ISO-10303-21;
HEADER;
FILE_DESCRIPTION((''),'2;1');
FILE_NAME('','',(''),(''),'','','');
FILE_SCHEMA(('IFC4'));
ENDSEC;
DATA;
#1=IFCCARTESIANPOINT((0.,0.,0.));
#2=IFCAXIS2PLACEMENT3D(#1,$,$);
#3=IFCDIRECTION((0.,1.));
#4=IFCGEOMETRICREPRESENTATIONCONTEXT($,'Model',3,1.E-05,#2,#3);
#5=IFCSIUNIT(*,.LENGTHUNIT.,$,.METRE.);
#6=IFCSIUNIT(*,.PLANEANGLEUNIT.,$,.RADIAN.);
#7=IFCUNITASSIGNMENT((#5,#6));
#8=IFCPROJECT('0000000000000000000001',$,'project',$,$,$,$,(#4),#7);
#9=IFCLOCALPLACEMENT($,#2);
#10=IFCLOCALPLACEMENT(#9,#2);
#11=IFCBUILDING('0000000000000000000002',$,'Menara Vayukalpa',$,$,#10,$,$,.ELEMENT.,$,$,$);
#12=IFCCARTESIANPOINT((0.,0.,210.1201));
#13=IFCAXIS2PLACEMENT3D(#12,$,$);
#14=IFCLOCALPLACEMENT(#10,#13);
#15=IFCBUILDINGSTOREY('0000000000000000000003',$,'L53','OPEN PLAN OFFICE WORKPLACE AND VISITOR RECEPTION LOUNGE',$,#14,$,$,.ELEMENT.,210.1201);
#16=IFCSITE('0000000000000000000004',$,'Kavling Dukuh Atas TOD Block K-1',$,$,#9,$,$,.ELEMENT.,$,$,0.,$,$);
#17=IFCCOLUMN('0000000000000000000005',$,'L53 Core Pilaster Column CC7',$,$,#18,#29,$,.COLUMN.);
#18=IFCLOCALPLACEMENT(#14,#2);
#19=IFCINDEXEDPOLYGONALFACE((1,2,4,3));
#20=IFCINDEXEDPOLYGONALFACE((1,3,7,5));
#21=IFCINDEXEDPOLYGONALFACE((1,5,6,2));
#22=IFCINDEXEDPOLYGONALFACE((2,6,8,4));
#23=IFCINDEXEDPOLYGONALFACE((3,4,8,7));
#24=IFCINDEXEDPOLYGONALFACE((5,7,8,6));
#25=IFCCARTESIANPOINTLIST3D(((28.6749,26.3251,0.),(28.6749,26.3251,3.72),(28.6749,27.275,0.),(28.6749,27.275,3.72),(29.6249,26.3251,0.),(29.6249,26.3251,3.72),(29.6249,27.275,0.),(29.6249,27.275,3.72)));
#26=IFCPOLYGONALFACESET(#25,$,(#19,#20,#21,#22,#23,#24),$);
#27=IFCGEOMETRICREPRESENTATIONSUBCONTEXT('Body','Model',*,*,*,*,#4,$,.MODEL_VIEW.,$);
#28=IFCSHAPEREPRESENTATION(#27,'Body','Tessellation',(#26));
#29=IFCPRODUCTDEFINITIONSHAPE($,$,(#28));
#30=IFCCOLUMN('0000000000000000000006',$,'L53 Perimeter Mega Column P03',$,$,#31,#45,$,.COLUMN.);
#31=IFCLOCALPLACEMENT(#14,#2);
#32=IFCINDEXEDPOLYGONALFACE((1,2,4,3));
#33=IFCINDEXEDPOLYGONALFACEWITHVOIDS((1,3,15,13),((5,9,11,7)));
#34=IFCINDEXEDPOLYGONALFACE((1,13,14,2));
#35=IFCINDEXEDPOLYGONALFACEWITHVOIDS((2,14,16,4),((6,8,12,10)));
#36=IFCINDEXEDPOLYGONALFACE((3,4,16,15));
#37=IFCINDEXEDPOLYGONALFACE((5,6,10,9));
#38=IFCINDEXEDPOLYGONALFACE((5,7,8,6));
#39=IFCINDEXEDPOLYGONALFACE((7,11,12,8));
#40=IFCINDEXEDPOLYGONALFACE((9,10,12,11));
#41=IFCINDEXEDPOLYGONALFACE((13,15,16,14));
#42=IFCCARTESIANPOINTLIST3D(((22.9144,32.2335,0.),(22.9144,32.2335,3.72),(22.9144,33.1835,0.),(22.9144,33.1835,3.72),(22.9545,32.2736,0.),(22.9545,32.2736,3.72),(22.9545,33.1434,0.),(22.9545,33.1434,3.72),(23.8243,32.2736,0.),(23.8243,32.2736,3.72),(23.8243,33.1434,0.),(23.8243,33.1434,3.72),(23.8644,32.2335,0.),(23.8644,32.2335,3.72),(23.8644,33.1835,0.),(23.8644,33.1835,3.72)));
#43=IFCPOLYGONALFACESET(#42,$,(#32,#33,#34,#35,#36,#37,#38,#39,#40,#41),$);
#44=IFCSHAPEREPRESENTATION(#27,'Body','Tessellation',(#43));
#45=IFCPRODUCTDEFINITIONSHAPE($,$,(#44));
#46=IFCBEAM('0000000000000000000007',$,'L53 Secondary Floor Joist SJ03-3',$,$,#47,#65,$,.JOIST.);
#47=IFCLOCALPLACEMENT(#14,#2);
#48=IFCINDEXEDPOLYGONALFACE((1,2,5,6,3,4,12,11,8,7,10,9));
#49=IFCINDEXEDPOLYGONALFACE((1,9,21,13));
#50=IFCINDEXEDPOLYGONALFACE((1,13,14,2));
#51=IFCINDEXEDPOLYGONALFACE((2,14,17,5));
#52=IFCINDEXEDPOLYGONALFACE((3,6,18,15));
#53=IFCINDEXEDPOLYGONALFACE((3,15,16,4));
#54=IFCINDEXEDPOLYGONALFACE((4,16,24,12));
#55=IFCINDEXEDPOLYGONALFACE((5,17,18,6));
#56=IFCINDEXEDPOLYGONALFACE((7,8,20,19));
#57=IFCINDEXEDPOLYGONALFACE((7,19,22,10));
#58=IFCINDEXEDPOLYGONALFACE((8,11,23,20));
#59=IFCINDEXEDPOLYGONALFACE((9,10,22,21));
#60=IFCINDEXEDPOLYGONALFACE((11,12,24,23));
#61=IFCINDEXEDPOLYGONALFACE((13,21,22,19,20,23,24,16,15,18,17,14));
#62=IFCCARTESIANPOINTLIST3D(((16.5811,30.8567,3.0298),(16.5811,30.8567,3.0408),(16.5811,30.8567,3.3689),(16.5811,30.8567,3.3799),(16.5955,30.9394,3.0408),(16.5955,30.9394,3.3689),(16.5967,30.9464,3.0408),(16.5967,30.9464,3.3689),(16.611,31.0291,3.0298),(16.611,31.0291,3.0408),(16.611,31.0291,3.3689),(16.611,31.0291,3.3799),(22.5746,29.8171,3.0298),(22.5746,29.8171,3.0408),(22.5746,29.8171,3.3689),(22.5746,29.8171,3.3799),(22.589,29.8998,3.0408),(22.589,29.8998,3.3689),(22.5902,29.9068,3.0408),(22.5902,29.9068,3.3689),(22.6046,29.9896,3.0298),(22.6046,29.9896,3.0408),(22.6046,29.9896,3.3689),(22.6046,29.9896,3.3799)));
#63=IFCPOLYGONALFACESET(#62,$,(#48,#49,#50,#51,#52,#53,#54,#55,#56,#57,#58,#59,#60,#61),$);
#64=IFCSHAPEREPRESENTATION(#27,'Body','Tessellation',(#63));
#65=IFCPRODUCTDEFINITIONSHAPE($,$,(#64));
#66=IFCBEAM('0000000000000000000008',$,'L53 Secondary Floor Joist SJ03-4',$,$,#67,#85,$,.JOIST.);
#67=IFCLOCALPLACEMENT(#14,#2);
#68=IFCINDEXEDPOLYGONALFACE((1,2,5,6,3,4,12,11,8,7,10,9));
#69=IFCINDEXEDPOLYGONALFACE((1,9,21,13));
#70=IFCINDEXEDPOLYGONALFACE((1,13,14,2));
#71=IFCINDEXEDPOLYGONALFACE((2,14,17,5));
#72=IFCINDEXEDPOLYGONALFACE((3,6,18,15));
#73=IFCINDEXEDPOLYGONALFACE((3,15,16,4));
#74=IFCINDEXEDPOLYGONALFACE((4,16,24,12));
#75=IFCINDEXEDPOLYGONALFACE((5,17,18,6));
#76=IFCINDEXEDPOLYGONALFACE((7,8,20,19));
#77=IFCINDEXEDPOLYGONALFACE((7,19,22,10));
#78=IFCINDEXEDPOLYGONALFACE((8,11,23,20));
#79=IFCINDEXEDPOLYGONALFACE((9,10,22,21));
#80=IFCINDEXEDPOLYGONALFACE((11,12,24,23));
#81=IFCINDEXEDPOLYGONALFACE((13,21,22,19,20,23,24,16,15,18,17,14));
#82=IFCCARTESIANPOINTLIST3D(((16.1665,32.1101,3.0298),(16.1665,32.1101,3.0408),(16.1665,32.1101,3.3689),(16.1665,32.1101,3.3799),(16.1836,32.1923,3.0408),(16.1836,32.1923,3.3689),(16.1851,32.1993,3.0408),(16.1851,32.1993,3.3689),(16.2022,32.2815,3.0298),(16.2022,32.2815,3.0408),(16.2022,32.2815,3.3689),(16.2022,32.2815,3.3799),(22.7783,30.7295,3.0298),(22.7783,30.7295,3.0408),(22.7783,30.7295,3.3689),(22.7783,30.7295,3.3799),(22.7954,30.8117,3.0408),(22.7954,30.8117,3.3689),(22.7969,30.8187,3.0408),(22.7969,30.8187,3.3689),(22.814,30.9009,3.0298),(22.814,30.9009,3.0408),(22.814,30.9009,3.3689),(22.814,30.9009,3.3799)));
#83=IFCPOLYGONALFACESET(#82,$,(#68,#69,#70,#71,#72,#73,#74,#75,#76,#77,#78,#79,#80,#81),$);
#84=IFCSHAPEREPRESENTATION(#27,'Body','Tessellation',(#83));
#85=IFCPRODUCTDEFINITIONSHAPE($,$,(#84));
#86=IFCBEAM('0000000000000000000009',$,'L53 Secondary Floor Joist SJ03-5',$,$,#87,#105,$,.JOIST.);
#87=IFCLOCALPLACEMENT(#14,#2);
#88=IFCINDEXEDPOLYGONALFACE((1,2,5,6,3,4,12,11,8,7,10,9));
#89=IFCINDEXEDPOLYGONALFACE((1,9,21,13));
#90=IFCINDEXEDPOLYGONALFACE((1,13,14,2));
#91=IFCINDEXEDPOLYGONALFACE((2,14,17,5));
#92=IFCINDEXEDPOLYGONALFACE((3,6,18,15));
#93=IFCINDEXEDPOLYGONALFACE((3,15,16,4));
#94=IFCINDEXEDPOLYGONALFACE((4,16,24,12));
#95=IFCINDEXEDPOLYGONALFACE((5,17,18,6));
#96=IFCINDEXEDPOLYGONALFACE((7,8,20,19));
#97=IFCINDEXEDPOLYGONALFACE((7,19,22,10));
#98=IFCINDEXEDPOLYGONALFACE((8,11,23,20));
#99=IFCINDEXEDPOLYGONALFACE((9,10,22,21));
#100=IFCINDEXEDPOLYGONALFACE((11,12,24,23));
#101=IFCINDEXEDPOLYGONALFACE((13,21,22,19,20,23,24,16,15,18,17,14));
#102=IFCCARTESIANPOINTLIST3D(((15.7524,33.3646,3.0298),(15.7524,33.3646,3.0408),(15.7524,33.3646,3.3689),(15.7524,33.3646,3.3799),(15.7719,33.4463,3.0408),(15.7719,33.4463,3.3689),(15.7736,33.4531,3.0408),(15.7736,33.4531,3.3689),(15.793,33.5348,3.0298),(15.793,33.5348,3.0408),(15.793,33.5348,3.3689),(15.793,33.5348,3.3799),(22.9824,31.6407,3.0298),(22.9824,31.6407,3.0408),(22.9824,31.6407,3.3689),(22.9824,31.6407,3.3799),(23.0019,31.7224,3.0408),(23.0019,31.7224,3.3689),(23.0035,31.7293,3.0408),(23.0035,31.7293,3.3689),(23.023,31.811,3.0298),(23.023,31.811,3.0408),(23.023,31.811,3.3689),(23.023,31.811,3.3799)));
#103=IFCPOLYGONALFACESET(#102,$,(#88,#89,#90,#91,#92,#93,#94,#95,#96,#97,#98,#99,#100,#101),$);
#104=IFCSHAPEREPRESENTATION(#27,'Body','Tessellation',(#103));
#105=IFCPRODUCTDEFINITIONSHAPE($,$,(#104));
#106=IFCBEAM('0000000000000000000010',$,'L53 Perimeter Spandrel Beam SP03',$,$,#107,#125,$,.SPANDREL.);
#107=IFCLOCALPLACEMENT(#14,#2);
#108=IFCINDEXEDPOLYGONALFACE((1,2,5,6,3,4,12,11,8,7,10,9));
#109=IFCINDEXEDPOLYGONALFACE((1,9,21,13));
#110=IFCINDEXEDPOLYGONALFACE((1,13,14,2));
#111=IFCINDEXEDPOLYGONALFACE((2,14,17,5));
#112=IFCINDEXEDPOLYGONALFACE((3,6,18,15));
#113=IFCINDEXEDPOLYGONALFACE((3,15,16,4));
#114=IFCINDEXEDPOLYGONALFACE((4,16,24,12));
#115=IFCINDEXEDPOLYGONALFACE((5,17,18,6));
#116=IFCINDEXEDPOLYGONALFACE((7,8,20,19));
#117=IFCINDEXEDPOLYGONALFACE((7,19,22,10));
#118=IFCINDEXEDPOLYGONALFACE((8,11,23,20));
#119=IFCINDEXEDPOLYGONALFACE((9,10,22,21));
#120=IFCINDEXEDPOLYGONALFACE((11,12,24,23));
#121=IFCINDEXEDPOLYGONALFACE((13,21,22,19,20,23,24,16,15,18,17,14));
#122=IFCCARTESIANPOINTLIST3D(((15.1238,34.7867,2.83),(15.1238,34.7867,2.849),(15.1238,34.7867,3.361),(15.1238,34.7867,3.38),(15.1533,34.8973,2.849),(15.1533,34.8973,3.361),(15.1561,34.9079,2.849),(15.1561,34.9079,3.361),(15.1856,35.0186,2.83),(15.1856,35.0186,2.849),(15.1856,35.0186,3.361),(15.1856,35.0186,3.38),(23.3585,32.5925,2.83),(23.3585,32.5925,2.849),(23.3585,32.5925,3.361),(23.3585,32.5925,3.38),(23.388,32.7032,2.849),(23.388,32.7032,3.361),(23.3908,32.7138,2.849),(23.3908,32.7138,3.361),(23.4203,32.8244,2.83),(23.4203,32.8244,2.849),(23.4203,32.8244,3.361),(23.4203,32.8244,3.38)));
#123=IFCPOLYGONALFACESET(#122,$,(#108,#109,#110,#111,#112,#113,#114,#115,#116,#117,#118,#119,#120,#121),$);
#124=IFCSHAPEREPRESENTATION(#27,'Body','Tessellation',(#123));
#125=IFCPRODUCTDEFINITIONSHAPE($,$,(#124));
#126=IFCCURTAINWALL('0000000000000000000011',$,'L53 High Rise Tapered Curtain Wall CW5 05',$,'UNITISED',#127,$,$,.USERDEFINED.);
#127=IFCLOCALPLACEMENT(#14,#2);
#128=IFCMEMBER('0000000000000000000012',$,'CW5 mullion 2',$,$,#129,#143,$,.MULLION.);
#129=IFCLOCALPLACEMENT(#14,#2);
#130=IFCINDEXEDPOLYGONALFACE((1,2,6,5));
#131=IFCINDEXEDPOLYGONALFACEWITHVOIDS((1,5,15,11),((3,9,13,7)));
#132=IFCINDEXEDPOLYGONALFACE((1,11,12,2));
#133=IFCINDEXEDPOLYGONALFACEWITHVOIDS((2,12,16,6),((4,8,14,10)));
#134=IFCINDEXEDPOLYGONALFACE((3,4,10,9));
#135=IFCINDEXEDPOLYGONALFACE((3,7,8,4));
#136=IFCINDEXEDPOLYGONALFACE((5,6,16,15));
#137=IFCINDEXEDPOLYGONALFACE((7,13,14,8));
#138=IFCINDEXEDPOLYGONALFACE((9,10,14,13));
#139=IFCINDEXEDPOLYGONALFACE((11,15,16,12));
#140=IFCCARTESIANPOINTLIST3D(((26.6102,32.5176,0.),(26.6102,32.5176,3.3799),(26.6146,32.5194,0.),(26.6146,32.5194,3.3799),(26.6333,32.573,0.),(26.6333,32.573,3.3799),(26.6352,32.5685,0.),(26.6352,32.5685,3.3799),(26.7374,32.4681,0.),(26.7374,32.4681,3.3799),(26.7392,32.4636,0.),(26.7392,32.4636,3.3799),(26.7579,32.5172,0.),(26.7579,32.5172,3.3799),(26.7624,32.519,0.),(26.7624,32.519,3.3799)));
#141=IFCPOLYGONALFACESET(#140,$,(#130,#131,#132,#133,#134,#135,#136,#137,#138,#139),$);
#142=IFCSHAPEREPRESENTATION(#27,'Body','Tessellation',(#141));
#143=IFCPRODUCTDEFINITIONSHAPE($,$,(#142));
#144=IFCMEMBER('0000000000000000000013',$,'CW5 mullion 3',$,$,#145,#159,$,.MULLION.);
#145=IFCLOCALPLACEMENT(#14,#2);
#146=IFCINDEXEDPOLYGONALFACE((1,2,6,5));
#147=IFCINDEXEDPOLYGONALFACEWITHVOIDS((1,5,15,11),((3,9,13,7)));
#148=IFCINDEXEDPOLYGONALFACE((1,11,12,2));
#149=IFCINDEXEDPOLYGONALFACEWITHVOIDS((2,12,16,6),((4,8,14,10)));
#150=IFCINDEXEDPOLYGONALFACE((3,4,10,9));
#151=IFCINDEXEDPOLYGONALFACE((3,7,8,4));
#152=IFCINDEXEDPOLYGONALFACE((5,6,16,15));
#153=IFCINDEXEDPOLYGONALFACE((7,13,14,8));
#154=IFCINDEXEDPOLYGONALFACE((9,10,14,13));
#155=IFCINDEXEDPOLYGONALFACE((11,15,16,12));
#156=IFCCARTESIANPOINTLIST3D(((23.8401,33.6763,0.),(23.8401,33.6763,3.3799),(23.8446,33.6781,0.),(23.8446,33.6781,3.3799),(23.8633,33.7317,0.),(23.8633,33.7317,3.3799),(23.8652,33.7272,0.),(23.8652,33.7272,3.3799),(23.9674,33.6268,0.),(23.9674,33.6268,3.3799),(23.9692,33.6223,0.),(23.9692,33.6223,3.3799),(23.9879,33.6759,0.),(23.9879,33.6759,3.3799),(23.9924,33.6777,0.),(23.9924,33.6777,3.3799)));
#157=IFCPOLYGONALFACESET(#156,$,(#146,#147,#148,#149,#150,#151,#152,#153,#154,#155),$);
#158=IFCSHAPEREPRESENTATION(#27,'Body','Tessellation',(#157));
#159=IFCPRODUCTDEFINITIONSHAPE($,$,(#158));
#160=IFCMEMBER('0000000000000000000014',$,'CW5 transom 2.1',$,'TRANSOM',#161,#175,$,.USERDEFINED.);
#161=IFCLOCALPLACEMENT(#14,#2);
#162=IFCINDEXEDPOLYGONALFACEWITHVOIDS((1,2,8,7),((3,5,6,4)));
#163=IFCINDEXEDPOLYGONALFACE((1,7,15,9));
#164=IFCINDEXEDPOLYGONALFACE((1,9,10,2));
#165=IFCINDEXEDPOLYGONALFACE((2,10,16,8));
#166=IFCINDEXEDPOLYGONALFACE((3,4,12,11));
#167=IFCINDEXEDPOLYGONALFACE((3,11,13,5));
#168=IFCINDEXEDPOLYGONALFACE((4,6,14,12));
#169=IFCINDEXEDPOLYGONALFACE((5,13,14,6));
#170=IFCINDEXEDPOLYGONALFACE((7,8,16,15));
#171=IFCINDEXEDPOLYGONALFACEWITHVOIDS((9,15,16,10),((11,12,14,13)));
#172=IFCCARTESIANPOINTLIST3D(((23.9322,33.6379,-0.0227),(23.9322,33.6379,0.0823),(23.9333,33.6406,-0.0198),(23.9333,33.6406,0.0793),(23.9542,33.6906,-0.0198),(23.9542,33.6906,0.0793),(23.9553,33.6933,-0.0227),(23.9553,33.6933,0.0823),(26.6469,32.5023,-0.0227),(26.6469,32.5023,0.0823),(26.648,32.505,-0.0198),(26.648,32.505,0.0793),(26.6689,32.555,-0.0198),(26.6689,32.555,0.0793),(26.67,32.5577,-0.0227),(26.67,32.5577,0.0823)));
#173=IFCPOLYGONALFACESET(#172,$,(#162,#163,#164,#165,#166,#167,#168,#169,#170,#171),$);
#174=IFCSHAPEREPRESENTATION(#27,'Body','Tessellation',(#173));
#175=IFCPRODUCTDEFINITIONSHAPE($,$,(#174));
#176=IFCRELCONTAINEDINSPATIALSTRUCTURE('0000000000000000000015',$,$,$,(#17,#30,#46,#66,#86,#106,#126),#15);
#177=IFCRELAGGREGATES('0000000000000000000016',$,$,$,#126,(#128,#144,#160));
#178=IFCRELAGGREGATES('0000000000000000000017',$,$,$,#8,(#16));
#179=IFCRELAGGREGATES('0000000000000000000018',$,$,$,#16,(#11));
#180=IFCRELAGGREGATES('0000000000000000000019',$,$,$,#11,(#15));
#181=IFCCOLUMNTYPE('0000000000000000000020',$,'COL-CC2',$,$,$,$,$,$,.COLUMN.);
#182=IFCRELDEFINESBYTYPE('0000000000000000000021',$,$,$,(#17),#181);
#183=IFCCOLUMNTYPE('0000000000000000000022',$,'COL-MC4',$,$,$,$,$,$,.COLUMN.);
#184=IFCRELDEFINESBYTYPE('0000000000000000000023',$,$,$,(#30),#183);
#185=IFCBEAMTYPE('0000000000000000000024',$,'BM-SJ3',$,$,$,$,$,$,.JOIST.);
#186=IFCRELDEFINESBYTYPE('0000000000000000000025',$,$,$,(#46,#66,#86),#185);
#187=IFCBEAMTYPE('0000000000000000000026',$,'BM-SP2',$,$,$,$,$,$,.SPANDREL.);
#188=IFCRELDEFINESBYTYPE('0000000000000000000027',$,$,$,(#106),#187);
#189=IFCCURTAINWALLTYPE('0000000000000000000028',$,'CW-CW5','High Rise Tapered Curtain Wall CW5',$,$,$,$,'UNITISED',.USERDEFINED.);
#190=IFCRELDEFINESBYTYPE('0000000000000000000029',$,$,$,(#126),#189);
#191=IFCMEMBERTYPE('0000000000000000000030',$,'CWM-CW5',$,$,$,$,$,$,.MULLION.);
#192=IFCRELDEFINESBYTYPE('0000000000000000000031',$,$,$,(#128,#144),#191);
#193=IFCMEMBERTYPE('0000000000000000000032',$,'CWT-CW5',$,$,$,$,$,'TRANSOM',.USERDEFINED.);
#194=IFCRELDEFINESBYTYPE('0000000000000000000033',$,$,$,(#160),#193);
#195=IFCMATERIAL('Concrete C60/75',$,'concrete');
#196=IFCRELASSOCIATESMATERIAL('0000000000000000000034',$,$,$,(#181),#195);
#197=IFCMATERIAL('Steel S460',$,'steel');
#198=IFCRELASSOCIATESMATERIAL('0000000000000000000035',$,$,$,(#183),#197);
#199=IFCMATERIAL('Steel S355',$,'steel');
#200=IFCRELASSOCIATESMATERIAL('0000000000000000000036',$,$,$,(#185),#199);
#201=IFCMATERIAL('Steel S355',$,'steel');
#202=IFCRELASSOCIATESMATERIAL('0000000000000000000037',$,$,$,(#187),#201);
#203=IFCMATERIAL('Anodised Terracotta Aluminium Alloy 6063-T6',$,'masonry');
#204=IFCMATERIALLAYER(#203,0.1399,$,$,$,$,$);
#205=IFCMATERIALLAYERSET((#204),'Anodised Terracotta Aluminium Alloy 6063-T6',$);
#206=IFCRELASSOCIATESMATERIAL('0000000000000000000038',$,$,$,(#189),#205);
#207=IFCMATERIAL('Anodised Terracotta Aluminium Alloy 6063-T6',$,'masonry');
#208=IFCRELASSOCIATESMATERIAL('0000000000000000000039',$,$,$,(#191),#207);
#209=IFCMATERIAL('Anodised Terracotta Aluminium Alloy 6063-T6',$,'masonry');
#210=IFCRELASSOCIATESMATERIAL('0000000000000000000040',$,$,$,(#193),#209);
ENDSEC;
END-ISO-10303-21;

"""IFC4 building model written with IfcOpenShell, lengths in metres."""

from ifc_helpers import new_model, si_unit, direction, frame, origin, origin_2d, place, context, subcontext, project, spatial, rectangle, hollow_rectangle, i_section, extrude, material, layer, layer_set, material_profile, profile_set, type_object, element, aggregate, save


model = new_model("IFC4")

# Units and contexts
model_context = context("Model", 3, precision=1e-05, world=origin(), true_north=direction((0.0, 1.0)))
body_context = subcontext(model_context, "Body", "Model", "MODEL_VIEW")
ifc_project = project(units=[si_unit("LENGTHUNIT", "METRE"), si_unit("PLANEANGLEUNIT", "RADIAN")], contexts=[model_context])

# Site, building, storey
site_placement = place(None, origin())
site = spatial("IfcSite", under=ifc_project, at=site_placement, Name="Kavling Dukuh Atas TOD Block K-1", CompositionType="ELEMENT", RefElevation=0.0)
building_placement = place(site_placement, origin())
building = spatial("IfcBuilding", under=site, at=building_placement, Name="Menara Vayukalpa", CompositionType="ELEMENT")
storey_placement = place(building_placement, frame((0.0, 0.0, 210.1201)))
storey = spatial("IfcBuildingStorey", under=building, at=storey_placement, Name="L53", Description="OPEN PLAN OFFICE WORKPLACE AND VISITOR RECEPTION LOUNGE", CompositionType="ELEMENT", Elevation=210.1201)

# Columns
ifc_material_1 = material(Name="Concrete C60/75", Category="concrete")
ifc_material_profile_1 = material_profile(ifc_material_1, rectangle(XDim=0.95, YDim=0.95, at=origin_2d()), Name="RC 950x950")
ifc_profile_set_1 = profile_set([ifc_material_profile_1], Name="Concrete C60/75")
column_type_1 = type_object("IfcColumnType", Name="COL-CC2", PredefinedType="COLUMN", material=ifc_profile_set_1)
column_1_placement = place(storey_placement, frame((29.1499, 26.8, 0.0), z_axis=(0.0, 0.0, 1.0), x_axis=(1.0, 0.0, 0.0)))
element("IfcColumn", 1, at=column_1_placement, inside=storey, type_object=column_type_1, Name="L53 Core Pilaster Column CC7", PredefinedType="COLUMN", context=body_context, shape_type="SweptSolid", body=[
    extrude(rectangle(XDim=0.95, YDim=0.95, at=origin_2d()), origin(), (0.0, 0.0, 1.0), 3.72),
])
ifc_material_2 = material(Name="Steel S460", Category="steel")
ifc_material_profile_2 = material_profile(ifc_material_2, hollow_rectangle(XDim=0.95, YDim=0.95, WallThickness=0.04, at=origin_2d()), Name="BOX 950x950x40")
ifc_profile_set_2 = profile_set([ifc_material_profile_2], Name="Steel S460")
column_type_2 = type_object("IfcColumnType", Name="COL-MC4", PredefinedType="COLUMN", material=ifc_profile_set_2)
column_2_placement = place(storey_placement, frame((23.3894, 32.7085, 0.0), z_axis=(0.0, 0.0, 1.0), x_axis=(1.0, 0.0, 0.0)))
element("IfcColumn", 2, at=column_2_placement, inside=storey, type_object=column_type_2, Name="L53 Perimeter Mega Column P03", PredefinedType="COLUMN", context=body_context, shape_type="SweptSolid", body=[
    extrude(hollow_rectangle(XDim=0.95, YDim=0.95, WallThickness=0.04, at=origin_2d()), origin(), (0.0, 0.0, 1.0), 3.72),
])

# Beams
ifc_material_3 = material(Name="Steel S355", Category="steel")
ifc_material_profile_3 = material_profile(ifc_material_3, i_section(OverallWidth=0.175, OverallDepth=0.3501, WebThickness=0.0071, FlangeThickness=0.011, at=origin_2d()), Name="WF 350x175x7x11")
ifc_profile_set_3 = profile_set([ifc_material_profile_3], Name="Steel S355")
beam_type_1 = type_object("IfcBeamType", Name="BM-SJ3", PredefinedType="JOIST", material=ifc_profile_set_3)
beam_1_placement = place(storey_placement, frame((22.5896, 29.9033, 3.2048), z_axis=(-0.985289, 0.170897, 0.0), x_axis=(-0.170897, -0.985289, 0.0)))
element("IfcBeam", 3, at=beam_1_placement, inside=storey, type_object=beam_type_1, Name="L53 Secondary Floor Joist SJ03-3", PredefinedType="JOIST", context=body_context, shape_type="SweptSolid", body=[
    extrude(i_section(OverallWidth=0.175, OverallDepth=0.3501, WebThickness=0.0071, FlangeThickness=0.011, at=origin_2d()), origin(), (0.0, 0.0, 1.0), 6.083),
])
beam_2_placement = place(storey_placement, frame((22.7961, 30.8152, 3.2048), z_axis=(-0.978887, 0.204402, 0.0), x_axis=(-0.204402, -0.978887, 0.0)))
element("IfcBeam", 4, at=beam_2_placement, inside=storey, type_object=beam_type_1, Name="L53 Secondary Floor Joist SJ03-4", PredefinedType="JOIST", context=body_context, shape_type="SweptSolid", body=[
    extrude(i_section(OverallWidth=0.175, OverallDepth=0.3501, WebThickness=0.0071, FlangeThickness=0.011, at=origin_2d()), origin(), (0.0, 0.0, 1.0), 6.7544),
])
beam_3_placement = place(storey_placement, frame((23.0027, 31.7258, 3.2048), z_axis=(-0.972732, 0.231933, 0.0), x_axis=(-0.231933, -0.972732, 0.0)))
element("IfcBeam", 5, at=beam_3_placement, inside=storey, type_object=beam_type_1, Name="L53 Secondary Floor Joist SJ03-5", PredefinedType="JOIST", context=body_context, shape_type="SweptSolid", body=[
    extrude(i_section(OverallWidth=0.175, OverallDepth=0.3501, WebThickness=0.0071, FlangeThickness=0.011, at=origin_2d()), origin(), (0.0, 0.0, 1.0), 7.4326),
])
ifc_material_4 = material(Name="Steel S355", Category="steel")
ifc_material_profile_4 = material_profile(ifc_material_4, i_section(OverallWidth=0.24, OverallDepth=0.55, WebThickness=0.011, FlangeThickness=0.019, at=origin_2d()), Name="WF 550x240x11x19")
ifc_profile_set_4 = profile_set([ifc_material_profile_4], Name="Steel S355")
beam_type_2 = type_object("IfcBeamType", Name="BM-SP2", PredefinedType="SPANDREL", material=ifc_profile_set_4)
beam_4_placement = place(storey_placement, frame((23.3894, 32.7085, 3.105), z_axis=(-0.966288, 0.257465, 0.0), x_axis=(-0.257465, -0.966288, 0.0)))
element("IfcBeam", 6, at=beam_4_placement, inside=storey, type_object=beam_type_2, Name="L53 Perimeter Spandrel Beam SP03", PredefinedType="SPANDREL", context=body_context, shape_type="SweptSolid", body=[
    extrude(i_section(OverallWidth=0.24, OverallDepth=0.55, WebThickness=0.011, FlangeThickness=0.019, at=origin_2d()), origin(), (0.0, 0.0, 1.0), 8.522),
])

# Curtain wall, members
ifc_material_5 = material(Name="Anodised Terracotta Aluminium Alloy 6063-T6", Category="masonry")
ifc_layer_1 = layer(ifc_material_5, 0.1399)
ifc_layer_set_1 = layer_set([ifc_layer_1], Name="Anodised Terracotta Aluminium Alloy 6063-T6")
curtain_wall_type = type_object("IfcCurtainWallType", Name="CW-CW5", Description="High Rise Tapered Curtain Wall CW5", ElementType="UNITISED", PredefinedType="USERDEFINED", material=ifc_layer_set_1)
curtain_wall_placement = place(storey_placement, origin())
curtain_wall = element("IfcCurtainWall", 7, at=curtain_wall_placement, inside=storey, type_object=curtain_wall_type, Name="L53 High Rise Tapered Curtain Wall CW5 05", ObjectType="UNITISED", PredefinedType="USERDEFINED")
ifc_material_6 = material(Name="Anodised Terracotta Aluminium Alloy 6063-T6", Category="masonry")
ifc_material_profile_5 = material_profile(ifc_material_6, hollow_rectangle(XDim=0.0601, YDim=0.1399, WallThickness=0.0034, at=origin_2d()), Name="ALU 60x140x3.5")
ifc_profile_set_5 = profile_set([ifc_material_profile_5], Name="Anodised Terracotta Aluminium Alloy 6063-T6")
member_type_1 = type_object("IfcMemberType", Name="CWM-CW5", PredefinedType="MULLION", material=ifc_profile_set_5)
member_1_placement = place(storey_placement, frame((26.6863, 32.5183, 0.0), z_axis=(0.0, 0.0, 1.0), x_axis=(-0.385903, -0.922539, 0.0)))
member_1 = element("IfcMember", 8, at=member_1_placement, type_object=member_type_1, Name="CW5 mullion 2", PredefinedType="MULLION", context=body_context, shape_type="SweptSolid", body=[
    extrude(hollow_rectangle(XDim=0.0601, YDim=0.1399, WallThickness=0.0034, at=origin_2d()), origin(), (0.0, 0.0, 1.0), 3.3799),
])
member_2_placement = place(storey_placement, frame((23.9163, 33.677, 0.0), z_axis=(0.0, 0.0, 1.0), x_axis=(-0.385903, -0.922539, 0.0)))
member_2 = element("IfcMember", 9, at=member_2_placement, type_object=member_type_1, Name="CW5 mullion 3", PredefinedType="MULLION", context=body_context, shape_type="SweptSolid", body=[
    extrude(hollow_rectangle(XDim=0.0601, YDim=0.1399, WallThickness=0.0034, at=origin_2d()), origin(), (0.0, 0.0, 1.0), 3.3799),
])
ifc_material_7 = material(Name="Anodised Terracotta Aluminium Alloy 6063-T6", Category="masonry")
ifc_material_profile_6 = material_profile(ifc_material_7, hollow_rectangle(XDim=0.0601, YDim=0.105, WallThickness=0.0029, at=origin_2d()), Name="ALU 60x105x3")
ifc_profile_set_6 = profile_set([ifc_material_profile_6], Name="Anodised Terracotta Aluminium Alloy 6063-T6")
member_type_2 = type_object("IfcMemberType", Name="CWT-CW5", ElementType="TRANSOM", PredefinedType="USERDEFINED", material=ifc_profile_set_6)
member_3_placement = place(storey_placement, frame((26.6584, 32.53, 0.0298), z_axis=(-0.922543, 0.385893, 0.0), x_axis=(-0.385893, -0.922543, 0.0)))
member_3 = element("IfcMember", 10, at=member_3_placement, type_object=member_type_2, Name="CW5 transom 2.1", ObjectType="TRANSOM", PredefinedType="USERDEFINED", context=body_context, shape_type="SweptSolid", body=[
    extrude(hollow_rectangle(XDim=0.0601, YDim=0.105, WallThickness=0.0029, at=origin_2d()), origin(), (0.0, 0.0, 1.0), 2.9426),
])
aggregate(curtain_wall, [member_1, member_2, member_3])

save(model, "model.ifc")
